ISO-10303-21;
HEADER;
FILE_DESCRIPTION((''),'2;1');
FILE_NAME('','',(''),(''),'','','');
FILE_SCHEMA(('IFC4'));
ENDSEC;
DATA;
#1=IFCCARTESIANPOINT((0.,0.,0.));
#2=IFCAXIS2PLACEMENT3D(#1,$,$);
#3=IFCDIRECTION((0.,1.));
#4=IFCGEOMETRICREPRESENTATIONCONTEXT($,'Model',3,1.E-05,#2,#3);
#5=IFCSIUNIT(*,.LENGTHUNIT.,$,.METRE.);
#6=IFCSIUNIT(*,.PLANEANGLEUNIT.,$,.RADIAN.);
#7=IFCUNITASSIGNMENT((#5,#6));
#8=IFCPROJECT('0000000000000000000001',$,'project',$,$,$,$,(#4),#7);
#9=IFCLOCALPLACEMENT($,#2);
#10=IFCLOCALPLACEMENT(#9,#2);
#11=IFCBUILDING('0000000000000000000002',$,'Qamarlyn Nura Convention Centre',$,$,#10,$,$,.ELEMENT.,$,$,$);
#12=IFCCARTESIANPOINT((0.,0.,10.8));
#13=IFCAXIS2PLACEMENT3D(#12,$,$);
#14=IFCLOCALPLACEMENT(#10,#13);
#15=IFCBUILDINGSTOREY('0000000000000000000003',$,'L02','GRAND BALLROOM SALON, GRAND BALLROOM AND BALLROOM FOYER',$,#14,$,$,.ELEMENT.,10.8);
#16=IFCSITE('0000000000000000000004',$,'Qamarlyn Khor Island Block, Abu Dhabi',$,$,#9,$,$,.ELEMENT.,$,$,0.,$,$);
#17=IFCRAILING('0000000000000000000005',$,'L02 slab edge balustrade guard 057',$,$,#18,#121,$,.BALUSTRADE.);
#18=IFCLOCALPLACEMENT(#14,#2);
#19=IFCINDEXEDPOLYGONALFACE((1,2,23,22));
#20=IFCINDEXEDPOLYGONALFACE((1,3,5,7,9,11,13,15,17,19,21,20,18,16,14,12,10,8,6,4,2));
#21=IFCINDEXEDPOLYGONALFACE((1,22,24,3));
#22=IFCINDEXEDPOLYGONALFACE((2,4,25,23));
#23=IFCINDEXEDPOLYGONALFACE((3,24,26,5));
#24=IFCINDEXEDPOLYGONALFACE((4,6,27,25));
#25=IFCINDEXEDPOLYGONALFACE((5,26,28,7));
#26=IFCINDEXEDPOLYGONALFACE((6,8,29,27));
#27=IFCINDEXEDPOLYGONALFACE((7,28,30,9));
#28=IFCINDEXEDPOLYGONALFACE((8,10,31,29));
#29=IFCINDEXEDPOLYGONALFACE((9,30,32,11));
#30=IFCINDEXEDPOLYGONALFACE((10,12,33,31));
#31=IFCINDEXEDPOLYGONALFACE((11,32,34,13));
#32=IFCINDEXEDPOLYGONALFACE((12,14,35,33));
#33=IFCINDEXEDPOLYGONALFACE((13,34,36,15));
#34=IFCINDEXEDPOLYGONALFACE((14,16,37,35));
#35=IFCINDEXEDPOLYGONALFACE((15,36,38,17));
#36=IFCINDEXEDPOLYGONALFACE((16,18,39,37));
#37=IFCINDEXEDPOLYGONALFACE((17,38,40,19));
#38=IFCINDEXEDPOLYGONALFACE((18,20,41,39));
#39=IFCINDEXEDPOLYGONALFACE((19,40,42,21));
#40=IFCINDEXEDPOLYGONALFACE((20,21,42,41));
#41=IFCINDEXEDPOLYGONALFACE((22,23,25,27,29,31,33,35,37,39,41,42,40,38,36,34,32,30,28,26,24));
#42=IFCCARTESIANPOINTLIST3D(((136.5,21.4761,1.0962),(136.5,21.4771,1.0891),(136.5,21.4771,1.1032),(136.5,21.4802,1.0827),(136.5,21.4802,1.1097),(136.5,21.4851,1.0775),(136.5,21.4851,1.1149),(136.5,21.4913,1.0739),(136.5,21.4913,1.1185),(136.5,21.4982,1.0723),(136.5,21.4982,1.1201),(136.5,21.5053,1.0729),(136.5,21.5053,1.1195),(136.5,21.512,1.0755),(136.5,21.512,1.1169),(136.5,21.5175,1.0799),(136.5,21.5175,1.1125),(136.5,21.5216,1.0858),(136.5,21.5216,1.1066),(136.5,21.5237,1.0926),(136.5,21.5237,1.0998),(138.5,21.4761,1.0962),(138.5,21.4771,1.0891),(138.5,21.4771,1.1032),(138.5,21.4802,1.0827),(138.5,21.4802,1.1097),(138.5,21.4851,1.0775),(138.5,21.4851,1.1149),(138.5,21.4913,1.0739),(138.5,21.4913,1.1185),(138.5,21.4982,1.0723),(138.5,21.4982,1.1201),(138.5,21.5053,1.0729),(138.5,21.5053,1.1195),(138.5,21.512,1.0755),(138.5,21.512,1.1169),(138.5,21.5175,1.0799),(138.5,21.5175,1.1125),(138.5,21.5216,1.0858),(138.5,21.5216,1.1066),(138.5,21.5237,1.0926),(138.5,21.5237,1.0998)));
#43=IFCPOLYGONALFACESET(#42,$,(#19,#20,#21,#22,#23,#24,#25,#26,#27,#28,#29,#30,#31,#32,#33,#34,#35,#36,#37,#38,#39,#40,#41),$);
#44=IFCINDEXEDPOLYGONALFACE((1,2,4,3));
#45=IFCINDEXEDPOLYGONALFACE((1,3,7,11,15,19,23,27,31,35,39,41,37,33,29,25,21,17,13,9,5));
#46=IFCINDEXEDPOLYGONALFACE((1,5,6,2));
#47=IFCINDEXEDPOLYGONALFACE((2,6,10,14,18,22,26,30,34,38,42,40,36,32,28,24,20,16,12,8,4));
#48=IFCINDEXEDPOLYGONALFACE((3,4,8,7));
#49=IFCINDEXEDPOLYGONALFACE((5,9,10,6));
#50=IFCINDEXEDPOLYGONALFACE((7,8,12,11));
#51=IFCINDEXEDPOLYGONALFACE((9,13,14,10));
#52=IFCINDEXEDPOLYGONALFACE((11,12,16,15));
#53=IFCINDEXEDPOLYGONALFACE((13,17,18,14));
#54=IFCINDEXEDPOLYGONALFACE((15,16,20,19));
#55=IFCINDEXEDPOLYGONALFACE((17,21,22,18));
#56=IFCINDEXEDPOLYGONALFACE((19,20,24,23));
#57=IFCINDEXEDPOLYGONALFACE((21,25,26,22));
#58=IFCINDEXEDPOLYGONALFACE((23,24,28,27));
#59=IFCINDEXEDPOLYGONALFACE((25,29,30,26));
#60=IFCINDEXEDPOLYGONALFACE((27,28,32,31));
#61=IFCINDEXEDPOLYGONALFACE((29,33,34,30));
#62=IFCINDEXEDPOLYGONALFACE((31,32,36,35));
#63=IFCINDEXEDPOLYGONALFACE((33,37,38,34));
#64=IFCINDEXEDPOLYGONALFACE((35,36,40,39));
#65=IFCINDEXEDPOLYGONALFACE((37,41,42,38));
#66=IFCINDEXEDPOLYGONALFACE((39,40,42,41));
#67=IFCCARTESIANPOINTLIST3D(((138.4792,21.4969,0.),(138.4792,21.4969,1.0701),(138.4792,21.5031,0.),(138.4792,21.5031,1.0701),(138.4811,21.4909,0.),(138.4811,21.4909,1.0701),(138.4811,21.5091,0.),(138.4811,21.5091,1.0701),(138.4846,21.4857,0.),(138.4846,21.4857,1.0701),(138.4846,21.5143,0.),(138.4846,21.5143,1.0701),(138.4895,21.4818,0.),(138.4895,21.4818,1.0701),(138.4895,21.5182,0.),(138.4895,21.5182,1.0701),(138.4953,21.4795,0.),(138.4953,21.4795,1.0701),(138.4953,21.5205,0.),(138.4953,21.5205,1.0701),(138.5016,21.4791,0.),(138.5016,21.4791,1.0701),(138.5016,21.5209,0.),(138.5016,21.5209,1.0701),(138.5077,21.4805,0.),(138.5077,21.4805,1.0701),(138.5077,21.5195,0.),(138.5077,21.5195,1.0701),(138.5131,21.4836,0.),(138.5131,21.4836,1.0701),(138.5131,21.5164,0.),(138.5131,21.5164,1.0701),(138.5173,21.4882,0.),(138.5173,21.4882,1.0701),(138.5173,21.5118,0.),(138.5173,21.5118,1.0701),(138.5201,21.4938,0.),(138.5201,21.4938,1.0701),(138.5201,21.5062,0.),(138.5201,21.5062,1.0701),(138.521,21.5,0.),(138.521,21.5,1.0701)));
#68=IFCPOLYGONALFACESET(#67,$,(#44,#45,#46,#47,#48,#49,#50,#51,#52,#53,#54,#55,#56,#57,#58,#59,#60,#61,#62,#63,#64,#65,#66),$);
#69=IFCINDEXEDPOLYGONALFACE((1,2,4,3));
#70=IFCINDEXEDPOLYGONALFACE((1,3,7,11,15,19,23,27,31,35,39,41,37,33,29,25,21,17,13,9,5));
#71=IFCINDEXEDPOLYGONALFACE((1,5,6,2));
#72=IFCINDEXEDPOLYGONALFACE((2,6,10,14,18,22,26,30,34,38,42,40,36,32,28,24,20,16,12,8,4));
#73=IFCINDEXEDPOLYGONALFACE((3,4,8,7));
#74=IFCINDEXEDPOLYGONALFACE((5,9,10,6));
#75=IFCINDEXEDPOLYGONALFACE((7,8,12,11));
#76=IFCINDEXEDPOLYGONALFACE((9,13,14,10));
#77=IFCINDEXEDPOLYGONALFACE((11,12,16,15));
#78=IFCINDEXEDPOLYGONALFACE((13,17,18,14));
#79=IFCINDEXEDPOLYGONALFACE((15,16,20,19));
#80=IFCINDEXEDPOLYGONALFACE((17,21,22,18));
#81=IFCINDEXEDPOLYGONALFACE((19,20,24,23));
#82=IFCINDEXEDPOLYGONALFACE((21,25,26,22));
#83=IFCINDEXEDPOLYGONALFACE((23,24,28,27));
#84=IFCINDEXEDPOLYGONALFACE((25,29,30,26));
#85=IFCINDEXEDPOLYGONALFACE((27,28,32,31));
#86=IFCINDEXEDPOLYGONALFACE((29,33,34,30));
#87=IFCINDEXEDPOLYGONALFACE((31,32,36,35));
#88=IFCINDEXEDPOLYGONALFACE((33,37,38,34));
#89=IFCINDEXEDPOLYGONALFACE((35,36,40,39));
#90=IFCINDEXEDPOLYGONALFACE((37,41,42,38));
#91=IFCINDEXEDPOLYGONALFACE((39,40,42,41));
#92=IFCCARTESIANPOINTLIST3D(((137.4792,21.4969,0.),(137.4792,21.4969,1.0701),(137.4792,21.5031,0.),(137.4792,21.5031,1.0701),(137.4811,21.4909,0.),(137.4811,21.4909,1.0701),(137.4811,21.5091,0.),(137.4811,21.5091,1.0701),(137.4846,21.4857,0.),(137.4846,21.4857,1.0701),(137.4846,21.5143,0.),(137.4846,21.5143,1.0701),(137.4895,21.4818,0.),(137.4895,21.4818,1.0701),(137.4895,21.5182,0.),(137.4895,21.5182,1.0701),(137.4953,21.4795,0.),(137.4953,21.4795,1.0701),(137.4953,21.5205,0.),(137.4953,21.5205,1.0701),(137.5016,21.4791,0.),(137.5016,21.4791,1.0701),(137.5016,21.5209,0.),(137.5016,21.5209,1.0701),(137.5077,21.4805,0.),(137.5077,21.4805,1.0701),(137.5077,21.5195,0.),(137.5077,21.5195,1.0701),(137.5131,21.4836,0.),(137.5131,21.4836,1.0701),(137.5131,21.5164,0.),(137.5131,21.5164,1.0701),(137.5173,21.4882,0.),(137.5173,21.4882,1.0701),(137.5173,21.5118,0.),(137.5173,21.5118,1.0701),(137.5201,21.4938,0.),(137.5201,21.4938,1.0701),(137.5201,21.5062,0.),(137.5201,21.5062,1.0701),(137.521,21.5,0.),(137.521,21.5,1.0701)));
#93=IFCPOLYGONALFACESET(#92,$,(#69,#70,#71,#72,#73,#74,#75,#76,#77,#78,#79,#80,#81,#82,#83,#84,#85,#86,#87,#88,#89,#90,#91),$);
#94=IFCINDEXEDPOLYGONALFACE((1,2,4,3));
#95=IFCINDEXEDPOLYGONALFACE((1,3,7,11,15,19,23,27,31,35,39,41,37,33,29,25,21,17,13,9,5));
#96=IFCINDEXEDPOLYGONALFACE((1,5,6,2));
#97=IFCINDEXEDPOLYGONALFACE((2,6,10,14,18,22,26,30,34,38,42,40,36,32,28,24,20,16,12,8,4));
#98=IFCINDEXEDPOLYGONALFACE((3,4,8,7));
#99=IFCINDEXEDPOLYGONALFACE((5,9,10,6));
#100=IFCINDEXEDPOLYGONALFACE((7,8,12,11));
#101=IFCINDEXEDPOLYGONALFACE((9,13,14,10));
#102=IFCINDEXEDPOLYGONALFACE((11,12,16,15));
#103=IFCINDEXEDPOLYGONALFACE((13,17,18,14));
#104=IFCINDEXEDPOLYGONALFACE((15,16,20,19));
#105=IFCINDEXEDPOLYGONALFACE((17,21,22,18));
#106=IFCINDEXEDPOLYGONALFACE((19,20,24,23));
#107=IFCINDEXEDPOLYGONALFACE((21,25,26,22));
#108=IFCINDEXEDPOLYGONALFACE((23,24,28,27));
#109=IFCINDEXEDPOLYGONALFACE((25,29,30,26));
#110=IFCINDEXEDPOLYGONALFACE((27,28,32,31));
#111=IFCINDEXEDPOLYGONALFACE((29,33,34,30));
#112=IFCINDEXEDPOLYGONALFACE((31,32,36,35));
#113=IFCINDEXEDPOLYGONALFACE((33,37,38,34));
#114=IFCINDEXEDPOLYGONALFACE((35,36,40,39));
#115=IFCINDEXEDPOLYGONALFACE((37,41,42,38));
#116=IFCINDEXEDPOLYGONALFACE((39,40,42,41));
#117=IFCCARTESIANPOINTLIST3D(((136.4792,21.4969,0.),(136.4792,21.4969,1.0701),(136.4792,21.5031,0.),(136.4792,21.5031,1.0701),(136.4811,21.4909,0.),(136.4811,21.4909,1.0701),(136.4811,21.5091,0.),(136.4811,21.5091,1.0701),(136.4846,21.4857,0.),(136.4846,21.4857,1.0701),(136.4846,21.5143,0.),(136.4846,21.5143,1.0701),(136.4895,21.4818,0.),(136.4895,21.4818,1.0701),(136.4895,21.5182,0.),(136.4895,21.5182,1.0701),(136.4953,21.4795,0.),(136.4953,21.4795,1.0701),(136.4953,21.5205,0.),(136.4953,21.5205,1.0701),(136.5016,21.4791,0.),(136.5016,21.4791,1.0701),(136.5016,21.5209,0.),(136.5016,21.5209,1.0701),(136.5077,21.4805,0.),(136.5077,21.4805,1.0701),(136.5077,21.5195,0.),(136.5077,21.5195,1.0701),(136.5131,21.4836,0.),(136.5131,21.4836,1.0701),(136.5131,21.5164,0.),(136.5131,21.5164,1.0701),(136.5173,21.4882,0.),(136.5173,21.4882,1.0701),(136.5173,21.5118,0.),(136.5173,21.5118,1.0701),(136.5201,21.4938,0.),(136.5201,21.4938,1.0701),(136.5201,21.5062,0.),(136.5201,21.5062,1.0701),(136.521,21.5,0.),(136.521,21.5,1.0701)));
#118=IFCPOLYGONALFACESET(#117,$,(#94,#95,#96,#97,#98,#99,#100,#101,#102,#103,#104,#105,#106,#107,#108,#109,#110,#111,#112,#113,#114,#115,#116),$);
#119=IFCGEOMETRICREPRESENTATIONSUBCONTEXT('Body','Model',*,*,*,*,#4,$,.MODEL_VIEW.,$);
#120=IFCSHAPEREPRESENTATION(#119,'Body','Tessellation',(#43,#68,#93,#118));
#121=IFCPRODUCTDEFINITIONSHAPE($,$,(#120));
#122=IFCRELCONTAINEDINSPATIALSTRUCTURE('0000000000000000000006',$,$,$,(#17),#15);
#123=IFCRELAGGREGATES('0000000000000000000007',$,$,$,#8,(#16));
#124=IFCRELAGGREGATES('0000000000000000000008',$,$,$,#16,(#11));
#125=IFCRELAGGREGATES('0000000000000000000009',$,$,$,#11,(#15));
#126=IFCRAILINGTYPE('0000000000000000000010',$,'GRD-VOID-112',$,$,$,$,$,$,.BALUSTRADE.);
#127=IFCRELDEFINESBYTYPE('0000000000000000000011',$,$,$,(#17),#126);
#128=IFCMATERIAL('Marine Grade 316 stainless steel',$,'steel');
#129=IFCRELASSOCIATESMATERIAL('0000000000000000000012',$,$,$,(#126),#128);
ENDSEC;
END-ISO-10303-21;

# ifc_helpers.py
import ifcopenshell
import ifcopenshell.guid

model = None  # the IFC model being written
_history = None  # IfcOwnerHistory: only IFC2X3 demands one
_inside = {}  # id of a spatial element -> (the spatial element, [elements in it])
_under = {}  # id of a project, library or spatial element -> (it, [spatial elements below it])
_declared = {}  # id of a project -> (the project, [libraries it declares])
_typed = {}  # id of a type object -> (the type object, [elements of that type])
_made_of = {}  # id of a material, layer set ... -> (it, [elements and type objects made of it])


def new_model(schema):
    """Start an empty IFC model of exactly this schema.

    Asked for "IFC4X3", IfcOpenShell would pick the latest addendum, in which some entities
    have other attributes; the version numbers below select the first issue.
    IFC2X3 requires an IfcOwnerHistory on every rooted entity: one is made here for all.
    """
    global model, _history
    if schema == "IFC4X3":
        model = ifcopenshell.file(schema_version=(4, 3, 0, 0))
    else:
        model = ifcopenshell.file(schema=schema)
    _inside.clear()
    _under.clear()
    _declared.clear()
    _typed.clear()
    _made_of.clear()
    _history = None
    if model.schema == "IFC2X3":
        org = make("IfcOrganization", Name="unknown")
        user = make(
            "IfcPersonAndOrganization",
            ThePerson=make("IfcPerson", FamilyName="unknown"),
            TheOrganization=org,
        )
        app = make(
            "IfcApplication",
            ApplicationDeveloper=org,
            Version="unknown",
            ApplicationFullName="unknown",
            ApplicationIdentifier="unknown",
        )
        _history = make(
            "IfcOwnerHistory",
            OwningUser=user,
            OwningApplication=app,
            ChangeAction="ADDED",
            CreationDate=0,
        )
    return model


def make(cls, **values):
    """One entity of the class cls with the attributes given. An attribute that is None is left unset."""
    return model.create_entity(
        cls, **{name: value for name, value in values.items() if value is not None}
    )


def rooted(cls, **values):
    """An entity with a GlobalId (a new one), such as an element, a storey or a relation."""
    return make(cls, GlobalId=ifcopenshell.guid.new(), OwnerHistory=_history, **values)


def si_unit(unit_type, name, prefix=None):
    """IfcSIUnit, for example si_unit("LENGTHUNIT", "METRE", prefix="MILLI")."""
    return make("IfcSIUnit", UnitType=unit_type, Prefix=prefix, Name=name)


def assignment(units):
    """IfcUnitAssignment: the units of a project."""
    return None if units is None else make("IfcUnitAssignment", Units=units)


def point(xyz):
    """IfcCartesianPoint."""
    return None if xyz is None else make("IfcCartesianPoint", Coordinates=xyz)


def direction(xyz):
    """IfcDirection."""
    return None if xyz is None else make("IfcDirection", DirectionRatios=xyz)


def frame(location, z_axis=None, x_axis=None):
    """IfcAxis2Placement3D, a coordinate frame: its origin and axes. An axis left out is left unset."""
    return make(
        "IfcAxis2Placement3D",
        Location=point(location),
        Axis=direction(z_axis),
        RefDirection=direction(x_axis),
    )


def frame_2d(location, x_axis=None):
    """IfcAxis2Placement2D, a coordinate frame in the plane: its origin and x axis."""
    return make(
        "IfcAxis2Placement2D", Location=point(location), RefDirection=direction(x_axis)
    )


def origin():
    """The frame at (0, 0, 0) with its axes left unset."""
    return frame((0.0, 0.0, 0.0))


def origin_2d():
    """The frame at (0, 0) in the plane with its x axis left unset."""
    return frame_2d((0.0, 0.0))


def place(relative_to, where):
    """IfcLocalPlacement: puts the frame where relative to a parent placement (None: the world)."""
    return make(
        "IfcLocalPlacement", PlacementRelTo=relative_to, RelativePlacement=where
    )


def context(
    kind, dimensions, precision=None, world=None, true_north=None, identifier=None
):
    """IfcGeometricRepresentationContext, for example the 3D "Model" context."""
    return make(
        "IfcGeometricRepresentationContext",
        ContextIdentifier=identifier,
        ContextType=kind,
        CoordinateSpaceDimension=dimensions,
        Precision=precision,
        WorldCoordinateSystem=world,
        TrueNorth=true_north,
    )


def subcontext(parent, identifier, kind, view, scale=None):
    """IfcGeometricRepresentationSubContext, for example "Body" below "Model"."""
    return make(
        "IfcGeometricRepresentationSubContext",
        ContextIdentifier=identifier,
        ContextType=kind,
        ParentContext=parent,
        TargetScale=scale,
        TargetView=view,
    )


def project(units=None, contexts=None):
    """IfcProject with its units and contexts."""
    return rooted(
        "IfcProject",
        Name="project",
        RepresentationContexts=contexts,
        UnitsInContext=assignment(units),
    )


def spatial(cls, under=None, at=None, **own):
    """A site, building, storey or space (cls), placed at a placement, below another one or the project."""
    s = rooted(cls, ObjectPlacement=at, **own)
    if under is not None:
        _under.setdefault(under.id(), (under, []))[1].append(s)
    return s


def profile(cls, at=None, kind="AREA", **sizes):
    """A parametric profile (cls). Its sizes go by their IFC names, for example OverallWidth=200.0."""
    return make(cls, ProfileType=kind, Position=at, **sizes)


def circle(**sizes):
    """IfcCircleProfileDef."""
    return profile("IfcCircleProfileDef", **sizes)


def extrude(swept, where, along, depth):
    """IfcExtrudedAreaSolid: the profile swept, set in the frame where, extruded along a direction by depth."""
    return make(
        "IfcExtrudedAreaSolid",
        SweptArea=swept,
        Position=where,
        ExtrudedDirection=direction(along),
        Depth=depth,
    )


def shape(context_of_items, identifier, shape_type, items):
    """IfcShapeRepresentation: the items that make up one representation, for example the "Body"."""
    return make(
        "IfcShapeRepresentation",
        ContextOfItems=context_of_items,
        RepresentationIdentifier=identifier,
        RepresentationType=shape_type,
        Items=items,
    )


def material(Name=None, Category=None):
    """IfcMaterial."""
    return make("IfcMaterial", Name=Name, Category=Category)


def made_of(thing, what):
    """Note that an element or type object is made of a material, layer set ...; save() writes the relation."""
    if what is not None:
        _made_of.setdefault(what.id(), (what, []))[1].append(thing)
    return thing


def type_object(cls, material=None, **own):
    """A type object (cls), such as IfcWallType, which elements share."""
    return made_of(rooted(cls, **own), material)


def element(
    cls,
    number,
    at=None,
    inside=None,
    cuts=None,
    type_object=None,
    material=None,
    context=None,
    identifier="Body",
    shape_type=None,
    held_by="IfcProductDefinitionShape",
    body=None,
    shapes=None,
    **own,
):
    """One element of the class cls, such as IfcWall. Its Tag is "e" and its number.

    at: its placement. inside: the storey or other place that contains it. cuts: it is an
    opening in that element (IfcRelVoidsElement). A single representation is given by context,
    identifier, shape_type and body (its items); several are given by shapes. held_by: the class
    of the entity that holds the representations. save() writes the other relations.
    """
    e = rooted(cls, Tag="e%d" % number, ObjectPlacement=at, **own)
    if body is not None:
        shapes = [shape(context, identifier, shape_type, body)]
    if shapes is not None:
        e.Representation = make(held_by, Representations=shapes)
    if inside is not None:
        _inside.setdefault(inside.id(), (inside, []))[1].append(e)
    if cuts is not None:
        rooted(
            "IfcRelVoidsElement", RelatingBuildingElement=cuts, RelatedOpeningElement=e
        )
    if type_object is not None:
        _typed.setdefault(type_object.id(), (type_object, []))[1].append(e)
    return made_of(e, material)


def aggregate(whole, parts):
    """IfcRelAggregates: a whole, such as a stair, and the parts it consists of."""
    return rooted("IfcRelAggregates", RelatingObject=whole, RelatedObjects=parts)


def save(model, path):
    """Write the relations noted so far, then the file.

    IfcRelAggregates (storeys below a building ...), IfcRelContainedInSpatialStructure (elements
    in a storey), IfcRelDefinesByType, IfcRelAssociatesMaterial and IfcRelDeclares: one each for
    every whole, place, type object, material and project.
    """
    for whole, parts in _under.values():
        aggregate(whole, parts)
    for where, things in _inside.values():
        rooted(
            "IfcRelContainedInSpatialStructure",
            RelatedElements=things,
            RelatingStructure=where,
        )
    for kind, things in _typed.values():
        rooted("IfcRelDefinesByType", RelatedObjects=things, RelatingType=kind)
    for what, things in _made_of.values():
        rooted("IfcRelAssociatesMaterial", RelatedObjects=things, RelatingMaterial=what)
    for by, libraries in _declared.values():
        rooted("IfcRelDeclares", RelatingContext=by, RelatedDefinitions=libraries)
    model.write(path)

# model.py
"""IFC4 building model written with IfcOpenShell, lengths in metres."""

from ifc_helpers import new_model, si_unit, direction, frame, origin, origin_2d, place, context, subcontext, project, spatial, circle, extrude, material, type_object, element, save


model = new_model("IFC4")

# Units and contexts
model_context = context("Model", 3, precision=1e-05, world=origin(), true_north=direction((0.0, 1.0)))
body_context = subcontext(model_context, "Body", "Model", "MODEL_VIEW")
ifc_project = project(units=[si_unit("LENGTHUNIT", "METRE"), si_unit("PLANEANGLEUNIT", "RADIAN")], contexts=[model_context])

# Site, building, storey
site_placement = place(None, origin())
site = spatial("IfcSite", under=ifc_project, at=site_placement, Name="Qamarlyn Khor Island Block, Abu Dhabi", CompositionType="ELEMENT", RefElevation=0.0)
building_placement = place(site_placement, origin())
building = spatial("IfcBuilding", under=site, at=building_placement, Name="Qamarlyn Nura Convention Centre", CompositionType="ELEMENT")
storey_placement = place(building_placement, frame((0.0, 0.0, 10.8)))
storey = spatial("IfcBuildingStorey", under=building, at=storey_placement, Name="L02", Description="GRAND BALLROOM SALON, GRAND BALLROOM AND BALLROOM FOYER", CompositionType="ELEMENT", Elevation=10.8)

# Railing
ifc_material_1 = material(Name="Marine Grade 316 stainless steel", Category="steel")
railing_type = type_object("IfcRailingType", Name="GRD-VOID-112", PredefinedType="BALUSTRADE", material=ifc_material_1)
railing_1_placement = place(storey_placement, frame((138.5, 21.5, 0.0)))
element("IfcRailing", 1, at=railing_1_placement, inside=storey, type_object=railing_type, Name="L02 slab edge balustrade guard 057", PredefinedType="BALUSTRADE", context=body_context, shape_type="SweptSolid", body=[
    extrude(circle(Radius=0.0239, at=origin_2d()), frame((0.0, 0.0, 1.0962), z_axis=(-1.0, 0.0, 0.0), x_axis=(0.0, -1.0, 0.0)), (0.0, 0.0, 1.0), 2.0),
    extrude(circle(Radius=0.021, at=origin_2d()), origin(), (0.0, 0.0, 1.0), 1.0701),
    extrude(circle(Radius=0.021, at=origin_2d()), frame((-1.0, 0.0, 0.0)), (0.0, 0.0, 1.0), 1.0701),
    extrude(circle(Radius=0.021, at=origin_2d()), frame((-2.0, 0.0, 0.0)), (0.0, 0.0, 1.0), 1.0701),
])

save(model, "model.ifc")
